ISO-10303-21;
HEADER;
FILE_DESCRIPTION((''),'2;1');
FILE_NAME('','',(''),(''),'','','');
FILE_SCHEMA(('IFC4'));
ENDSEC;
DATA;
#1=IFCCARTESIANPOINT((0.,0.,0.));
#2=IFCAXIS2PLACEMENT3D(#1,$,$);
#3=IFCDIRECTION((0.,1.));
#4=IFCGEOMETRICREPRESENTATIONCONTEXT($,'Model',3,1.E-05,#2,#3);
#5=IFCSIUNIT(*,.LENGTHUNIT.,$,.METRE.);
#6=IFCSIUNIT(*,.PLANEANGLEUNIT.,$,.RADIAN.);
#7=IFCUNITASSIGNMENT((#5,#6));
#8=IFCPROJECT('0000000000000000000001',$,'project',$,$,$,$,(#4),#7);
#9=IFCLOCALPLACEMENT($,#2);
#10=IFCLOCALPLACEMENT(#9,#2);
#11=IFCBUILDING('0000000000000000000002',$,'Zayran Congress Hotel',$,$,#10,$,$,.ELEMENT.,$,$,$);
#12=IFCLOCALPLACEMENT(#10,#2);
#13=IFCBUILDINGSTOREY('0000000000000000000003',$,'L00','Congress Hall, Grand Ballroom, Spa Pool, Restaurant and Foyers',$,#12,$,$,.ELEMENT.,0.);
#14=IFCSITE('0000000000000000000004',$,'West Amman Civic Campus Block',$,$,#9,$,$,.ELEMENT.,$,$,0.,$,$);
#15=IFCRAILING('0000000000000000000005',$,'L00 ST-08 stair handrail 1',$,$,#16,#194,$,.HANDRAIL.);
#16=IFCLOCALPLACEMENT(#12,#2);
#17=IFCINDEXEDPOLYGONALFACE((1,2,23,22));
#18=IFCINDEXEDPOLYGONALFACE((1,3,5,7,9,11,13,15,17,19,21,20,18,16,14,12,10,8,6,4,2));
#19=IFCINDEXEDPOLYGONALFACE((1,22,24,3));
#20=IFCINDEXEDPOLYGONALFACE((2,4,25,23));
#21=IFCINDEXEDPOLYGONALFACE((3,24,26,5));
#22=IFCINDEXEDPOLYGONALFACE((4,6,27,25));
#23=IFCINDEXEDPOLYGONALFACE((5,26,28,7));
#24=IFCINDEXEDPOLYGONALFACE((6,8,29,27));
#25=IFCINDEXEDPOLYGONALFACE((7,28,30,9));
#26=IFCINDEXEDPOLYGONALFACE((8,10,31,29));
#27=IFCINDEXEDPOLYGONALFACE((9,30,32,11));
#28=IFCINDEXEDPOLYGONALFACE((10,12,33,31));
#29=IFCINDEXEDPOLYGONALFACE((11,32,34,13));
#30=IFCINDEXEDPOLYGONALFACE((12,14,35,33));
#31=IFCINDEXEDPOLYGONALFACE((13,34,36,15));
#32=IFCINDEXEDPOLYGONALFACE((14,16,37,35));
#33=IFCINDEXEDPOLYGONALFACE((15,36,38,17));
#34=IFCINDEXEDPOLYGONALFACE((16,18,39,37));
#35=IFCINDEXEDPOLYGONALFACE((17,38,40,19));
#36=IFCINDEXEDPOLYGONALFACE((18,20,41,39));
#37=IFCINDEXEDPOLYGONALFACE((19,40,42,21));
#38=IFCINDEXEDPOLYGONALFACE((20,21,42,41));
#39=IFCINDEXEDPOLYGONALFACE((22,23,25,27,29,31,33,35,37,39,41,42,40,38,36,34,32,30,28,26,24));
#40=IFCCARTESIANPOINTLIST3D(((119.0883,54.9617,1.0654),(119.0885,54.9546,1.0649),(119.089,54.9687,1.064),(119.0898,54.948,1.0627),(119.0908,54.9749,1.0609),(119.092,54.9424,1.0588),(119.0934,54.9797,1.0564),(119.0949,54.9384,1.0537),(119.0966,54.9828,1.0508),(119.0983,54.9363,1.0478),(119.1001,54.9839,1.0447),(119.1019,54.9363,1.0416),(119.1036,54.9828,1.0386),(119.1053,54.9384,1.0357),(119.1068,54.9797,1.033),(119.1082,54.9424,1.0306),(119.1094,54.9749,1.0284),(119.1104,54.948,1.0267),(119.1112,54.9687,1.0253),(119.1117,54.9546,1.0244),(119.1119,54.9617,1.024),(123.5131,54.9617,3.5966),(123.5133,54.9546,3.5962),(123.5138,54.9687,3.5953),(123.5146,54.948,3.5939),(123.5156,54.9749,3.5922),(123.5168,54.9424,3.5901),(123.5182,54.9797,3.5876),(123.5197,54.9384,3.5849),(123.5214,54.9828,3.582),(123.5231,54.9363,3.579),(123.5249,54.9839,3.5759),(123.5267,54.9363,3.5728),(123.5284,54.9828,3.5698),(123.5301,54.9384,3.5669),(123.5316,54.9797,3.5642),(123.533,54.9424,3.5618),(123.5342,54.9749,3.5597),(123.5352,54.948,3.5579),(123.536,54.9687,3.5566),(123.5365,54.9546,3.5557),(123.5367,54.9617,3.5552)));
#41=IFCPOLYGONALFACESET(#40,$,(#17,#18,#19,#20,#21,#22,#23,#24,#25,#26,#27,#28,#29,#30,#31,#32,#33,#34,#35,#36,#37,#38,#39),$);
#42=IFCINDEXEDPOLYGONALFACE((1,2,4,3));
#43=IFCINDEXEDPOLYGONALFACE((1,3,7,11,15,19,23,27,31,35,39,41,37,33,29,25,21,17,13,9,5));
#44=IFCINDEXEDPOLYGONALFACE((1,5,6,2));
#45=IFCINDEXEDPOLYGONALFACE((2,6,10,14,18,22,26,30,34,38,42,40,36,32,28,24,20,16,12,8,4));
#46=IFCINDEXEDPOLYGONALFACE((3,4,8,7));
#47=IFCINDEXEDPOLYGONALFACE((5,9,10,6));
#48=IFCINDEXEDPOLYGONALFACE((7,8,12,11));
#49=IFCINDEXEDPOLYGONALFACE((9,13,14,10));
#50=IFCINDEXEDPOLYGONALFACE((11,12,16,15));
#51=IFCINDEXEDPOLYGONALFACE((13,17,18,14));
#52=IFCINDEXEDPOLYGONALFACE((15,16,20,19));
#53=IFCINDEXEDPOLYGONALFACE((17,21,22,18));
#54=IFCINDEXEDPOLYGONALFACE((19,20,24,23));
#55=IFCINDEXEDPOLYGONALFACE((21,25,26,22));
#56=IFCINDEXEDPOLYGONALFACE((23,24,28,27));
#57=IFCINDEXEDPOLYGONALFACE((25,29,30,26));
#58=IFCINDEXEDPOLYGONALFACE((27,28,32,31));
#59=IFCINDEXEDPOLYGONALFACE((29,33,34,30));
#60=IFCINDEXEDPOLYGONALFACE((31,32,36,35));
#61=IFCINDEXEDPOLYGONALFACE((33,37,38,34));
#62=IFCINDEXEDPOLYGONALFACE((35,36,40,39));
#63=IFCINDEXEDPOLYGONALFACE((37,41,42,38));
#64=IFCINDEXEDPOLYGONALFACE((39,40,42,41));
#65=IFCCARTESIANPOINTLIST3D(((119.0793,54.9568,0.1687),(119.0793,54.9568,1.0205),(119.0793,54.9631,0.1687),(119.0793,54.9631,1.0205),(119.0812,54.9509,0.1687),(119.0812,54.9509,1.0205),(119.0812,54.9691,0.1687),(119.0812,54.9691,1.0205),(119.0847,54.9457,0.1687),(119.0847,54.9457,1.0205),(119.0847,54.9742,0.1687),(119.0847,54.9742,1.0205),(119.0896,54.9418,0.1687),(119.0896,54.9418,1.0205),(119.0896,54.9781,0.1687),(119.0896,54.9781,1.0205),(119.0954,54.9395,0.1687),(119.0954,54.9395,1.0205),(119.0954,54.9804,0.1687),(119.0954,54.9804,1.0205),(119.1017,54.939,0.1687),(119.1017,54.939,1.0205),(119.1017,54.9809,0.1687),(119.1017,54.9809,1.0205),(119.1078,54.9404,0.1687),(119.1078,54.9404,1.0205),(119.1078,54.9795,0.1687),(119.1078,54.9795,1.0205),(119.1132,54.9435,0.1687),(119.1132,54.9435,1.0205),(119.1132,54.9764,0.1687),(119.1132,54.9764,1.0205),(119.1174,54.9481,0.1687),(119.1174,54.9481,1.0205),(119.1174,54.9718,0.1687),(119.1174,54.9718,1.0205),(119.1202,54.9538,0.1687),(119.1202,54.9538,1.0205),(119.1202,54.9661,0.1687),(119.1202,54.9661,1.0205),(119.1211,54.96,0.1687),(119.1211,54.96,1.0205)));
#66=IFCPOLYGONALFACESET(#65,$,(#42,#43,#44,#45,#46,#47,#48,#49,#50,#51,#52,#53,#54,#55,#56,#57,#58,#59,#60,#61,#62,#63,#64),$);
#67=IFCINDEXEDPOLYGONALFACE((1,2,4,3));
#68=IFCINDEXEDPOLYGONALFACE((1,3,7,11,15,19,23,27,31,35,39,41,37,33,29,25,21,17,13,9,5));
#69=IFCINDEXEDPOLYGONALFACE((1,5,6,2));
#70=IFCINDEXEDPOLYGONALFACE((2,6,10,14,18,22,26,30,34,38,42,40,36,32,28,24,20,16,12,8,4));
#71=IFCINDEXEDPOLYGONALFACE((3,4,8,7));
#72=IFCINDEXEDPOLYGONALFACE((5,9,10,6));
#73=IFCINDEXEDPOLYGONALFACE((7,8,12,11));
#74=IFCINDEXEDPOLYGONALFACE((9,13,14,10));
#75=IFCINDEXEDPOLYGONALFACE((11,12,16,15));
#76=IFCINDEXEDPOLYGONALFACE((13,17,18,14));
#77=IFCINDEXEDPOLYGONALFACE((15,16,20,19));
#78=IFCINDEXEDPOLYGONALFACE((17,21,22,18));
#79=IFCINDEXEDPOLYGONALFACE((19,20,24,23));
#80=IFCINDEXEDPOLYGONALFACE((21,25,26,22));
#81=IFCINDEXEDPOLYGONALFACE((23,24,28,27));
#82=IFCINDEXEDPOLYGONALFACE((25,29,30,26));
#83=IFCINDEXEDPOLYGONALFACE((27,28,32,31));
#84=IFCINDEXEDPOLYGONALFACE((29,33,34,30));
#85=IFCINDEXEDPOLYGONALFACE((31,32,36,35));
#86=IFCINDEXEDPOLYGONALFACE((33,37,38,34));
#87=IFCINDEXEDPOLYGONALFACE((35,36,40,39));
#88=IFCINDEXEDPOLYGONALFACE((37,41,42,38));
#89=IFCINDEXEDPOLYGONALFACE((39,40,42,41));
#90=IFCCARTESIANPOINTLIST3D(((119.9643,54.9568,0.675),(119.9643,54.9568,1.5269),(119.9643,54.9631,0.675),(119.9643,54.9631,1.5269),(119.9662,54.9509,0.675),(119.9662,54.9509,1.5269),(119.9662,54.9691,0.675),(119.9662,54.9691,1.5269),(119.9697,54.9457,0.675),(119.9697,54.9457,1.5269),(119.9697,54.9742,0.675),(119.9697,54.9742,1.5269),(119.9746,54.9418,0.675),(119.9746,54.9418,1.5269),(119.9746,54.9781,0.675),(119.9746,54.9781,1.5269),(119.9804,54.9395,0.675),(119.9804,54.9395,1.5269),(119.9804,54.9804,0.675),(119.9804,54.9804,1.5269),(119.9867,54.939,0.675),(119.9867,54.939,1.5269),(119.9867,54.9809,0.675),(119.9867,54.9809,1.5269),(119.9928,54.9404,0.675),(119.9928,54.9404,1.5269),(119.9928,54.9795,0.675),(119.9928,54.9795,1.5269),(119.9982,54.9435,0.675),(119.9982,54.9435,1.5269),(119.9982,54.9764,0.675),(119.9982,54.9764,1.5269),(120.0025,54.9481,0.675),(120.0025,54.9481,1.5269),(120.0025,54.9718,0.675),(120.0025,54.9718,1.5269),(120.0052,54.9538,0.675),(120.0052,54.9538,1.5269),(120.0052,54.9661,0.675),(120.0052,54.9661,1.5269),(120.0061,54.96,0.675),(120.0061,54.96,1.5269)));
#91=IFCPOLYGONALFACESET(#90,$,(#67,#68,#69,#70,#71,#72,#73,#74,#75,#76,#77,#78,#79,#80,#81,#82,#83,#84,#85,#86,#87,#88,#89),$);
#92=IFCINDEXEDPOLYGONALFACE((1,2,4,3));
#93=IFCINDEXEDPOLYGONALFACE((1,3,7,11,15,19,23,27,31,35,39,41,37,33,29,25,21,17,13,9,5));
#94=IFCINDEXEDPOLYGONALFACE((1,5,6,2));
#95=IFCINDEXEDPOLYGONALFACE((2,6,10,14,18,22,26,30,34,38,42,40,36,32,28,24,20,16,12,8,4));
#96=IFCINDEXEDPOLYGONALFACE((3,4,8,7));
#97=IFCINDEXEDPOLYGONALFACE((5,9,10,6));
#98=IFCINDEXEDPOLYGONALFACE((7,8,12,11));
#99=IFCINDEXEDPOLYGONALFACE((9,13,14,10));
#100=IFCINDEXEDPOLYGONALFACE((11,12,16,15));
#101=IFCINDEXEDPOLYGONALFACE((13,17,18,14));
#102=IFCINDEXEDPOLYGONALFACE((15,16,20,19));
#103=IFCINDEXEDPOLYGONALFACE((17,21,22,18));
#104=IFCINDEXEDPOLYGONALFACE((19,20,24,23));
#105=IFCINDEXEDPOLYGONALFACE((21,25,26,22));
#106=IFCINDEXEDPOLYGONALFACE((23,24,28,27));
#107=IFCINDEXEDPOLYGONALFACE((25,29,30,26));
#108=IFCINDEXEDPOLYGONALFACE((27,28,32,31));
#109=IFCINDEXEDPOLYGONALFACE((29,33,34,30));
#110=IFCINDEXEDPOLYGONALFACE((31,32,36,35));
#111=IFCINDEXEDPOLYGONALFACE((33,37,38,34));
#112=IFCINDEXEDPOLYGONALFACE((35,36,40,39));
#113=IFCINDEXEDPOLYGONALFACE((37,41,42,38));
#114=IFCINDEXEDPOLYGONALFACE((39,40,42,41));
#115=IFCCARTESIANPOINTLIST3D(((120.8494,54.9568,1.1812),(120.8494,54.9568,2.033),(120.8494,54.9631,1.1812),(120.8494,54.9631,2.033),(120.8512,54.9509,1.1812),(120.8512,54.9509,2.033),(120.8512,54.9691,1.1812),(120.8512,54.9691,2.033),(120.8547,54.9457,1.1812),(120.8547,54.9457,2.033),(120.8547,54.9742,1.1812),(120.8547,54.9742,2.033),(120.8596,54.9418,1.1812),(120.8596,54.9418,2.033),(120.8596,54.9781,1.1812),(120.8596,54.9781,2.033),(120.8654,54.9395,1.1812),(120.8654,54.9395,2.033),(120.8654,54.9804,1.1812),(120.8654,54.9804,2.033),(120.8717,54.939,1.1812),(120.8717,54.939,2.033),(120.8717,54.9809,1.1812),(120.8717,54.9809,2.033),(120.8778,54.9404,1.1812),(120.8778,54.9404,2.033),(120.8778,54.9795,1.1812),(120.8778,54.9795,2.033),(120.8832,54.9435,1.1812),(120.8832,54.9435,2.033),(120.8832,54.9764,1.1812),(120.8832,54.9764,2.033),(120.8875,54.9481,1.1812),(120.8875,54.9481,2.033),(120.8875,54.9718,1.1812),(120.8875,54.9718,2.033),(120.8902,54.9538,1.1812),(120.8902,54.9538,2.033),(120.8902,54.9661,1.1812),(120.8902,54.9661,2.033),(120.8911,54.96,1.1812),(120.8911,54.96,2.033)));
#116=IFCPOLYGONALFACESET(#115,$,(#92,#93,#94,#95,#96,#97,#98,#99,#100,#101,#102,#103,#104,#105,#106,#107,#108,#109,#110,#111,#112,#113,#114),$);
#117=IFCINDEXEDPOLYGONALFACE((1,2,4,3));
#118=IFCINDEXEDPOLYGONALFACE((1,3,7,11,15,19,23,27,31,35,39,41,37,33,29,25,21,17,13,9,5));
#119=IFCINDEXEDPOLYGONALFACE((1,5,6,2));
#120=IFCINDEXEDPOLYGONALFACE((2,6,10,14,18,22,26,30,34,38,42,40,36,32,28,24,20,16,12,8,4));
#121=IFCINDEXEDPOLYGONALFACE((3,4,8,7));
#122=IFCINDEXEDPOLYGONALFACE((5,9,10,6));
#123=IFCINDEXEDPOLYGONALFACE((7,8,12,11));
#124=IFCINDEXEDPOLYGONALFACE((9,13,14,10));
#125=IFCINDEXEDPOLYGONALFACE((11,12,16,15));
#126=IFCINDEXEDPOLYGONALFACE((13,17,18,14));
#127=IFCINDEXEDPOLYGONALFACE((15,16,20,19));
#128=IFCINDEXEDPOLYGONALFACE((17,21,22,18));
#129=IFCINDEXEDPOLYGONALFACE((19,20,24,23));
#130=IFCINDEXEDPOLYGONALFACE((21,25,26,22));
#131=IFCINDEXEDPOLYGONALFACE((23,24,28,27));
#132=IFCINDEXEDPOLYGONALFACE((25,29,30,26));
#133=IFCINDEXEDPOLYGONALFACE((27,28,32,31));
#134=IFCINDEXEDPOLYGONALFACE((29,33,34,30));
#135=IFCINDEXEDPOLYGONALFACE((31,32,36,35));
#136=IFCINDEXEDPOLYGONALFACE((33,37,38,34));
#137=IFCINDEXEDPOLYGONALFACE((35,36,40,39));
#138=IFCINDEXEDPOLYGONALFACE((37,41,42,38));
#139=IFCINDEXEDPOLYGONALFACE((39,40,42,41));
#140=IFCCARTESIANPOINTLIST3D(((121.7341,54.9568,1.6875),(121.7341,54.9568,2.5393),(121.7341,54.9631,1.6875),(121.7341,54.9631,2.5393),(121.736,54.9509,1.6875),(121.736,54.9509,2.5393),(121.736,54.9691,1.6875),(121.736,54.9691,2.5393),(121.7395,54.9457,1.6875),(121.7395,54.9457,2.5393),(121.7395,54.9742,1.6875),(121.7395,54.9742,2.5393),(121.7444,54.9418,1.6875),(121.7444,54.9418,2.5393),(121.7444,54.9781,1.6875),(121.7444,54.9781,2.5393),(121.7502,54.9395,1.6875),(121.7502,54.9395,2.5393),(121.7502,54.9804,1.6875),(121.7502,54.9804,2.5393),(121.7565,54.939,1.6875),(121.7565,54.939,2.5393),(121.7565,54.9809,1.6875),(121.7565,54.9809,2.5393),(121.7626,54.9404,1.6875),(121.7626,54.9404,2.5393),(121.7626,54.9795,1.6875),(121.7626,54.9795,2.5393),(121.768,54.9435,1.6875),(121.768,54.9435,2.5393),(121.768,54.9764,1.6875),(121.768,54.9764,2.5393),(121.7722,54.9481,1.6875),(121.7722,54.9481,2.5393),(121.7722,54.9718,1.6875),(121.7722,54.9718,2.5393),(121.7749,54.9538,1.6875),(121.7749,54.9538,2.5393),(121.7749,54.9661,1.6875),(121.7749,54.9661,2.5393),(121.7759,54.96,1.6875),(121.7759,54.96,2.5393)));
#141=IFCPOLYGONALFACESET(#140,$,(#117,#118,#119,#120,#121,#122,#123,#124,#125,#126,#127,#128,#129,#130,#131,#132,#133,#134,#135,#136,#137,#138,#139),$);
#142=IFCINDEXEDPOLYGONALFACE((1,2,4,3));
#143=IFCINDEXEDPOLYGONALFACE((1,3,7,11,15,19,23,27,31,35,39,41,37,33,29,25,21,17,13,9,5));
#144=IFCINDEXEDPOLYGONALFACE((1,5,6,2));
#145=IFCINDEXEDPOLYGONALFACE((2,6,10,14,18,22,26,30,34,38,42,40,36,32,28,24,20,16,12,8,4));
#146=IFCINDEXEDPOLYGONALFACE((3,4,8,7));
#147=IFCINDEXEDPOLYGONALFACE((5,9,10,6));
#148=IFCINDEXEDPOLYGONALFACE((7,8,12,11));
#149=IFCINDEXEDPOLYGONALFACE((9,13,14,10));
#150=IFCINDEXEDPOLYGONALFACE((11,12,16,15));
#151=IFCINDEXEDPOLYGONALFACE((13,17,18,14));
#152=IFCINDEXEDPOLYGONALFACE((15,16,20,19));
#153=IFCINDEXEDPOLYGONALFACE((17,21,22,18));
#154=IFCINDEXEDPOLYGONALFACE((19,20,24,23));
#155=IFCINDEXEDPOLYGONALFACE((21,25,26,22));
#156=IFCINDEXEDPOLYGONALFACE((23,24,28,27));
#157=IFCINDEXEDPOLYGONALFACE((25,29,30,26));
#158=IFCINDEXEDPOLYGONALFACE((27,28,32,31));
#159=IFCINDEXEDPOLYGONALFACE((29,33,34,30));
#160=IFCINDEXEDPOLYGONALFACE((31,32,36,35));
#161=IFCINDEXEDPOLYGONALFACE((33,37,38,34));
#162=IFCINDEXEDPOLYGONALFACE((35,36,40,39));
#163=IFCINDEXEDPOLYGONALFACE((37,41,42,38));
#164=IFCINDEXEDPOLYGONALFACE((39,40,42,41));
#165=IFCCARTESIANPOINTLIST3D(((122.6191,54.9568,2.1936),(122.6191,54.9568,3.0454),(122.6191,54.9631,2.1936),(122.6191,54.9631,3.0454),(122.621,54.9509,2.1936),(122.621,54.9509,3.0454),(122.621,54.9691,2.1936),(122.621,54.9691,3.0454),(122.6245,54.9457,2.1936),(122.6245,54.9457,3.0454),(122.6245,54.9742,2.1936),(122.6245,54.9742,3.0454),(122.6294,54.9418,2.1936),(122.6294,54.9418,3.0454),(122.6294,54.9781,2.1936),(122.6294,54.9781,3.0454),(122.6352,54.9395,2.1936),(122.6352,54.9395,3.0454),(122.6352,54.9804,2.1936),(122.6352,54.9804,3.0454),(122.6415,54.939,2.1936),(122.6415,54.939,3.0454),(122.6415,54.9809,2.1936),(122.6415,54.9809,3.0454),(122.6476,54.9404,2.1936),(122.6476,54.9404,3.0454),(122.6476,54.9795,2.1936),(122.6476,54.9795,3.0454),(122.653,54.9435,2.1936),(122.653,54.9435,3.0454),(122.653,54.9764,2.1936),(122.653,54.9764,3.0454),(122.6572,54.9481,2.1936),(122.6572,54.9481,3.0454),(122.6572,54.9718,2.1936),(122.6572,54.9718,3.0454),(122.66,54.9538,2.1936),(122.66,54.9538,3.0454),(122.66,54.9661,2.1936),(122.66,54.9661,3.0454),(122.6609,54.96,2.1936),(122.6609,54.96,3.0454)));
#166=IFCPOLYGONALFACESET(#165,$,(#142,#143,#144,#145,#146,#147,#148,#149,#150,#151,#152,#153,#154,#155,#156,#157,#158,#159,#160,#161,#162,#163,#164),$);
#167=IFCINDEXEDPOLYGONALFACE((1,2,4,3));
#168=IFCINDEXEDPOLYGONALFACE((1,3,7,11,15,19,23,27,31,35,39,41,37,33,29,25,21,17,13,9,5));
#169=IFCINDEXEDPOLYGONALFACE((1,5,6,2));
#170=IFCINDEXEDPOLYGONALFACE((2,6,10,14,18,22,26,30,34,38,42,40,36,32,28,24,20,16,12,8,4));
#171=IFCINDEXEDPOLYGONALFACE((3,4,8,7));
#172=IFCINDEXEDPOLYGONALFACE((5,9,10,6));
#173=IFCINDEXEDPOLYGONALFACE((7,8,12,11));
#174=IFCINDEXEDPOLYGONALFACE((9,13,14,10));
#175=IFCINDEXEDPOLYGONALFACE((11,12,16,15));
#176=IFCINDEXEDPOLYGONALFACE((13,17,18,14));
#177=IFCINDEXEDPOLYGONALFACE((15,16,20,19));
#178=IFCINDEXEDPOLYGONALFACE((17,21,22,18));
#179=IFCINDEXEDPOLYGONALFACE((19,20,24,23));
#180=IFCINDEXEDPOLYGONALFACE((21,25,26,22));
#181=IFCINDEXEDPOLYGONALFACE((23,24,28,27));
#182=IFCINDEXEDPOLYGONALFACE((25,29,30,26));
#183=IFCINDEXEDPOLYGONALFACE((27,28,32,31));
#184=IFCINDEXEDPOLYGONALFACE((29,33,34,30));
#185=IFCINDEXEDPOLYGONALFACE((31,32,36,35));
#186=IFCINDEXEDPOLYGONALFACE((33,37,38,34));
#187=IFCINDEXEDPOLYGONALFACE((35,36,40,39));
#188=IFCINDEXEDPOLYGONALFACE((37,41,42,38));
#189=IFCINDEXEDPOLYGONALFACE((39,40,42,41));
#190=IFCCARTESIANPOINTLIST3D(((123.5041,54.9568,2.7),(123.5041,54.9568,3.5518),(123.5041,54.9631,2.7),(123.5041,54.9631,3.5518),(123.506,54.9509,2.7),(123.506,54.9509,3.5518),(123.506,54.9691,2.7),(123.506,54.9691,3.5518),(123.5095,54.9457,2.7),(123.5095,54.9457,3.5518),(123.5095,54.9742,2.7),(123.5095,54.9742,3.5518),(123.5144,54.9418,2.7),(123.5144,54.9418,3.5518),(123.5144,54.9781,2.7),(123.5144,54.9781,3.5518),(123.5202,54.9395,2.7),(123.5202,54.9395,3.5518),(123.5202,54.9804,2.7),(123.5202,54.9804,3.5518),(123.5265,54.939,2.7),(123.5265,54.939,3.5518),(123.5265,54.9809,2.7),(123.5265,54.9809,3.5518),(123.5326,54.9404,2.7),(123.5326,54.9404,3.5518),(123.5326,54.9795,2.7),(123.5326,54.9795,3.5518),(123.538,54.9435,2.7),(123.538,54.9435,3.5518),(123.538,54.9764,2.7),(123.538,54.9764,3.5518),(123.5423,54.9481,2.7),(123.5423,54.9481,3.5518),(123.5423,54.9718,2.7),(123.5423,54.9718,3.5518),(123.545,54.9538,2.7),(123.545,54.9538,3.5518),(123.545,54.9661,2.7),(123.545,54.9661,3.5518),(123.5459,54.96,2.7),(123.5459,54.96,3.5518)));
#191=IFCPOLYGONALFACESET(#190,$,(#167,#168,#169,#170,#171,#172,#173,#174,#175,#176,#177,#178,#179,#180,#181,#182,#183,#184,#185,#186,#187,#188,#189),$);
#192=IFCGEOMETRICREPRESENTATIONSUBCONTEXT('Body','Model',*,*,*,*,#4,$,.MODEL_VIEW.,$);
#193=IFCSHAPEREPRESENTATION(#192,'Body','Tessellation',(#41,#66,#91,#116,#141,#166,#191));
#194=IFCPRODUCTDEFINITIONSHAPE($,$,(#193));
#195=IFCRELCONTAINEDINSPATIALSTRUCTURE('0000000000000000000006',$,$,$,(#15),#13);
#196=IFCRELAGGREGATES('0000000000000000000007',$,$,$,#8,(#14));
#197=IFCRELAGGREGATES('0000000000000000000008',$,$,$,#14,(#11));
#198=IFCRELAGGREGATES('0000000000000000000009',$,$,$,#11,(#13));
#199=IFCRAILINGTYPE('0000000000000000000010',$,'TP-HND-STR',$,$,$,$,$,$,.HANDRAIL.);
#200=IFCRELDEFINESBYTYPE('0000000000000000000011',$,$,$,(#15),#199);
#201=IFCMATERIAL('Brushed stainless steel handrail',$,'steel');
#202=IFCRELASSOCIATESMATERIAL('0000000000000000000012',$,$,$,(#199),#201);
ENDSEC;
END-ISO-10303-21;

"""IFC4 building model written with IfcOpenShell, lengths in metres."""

from ifc_helpers import new_model, si_unit, direction, frame, origin, origin_2d, place, context, subcontext, project, spatial, circle, extrude, material, type_object, element, save


model = new_model("IFC4")

# Units and contexts
model_context = context("Model", 3, precision=1e-05, world=origin(), true_north=direction((0.0, 1.0)))
body_context = subcontext(model_context, "Body", "Model", "MODEL_VIEW")
ifc_project = project(units=[si_unit("LENGTHUNIT", "METRE"), si_unit("PLANEANGLEUNIT", "RADIAN")], contexts=[model_context])

# Site, building, storey
site_placement = place(None, origin())
site = spatial("IfcSite", under=ifc_project, at=site_placement, Name="West Amman Civic Campus Block", CompositionType="ELEMENT", RefElevation=0.0)
building_placement = place(site_placement, origin())
building = spatial("IfcBuilding", under=site, at=building_placement, Name="Zayran Congress Hotel", CompositionType="ELEMENT")
storey_placement = place(building_placement, origin())
storey = spatial("IfcBuildingStorey", under=building, at=storey_placement, Name="L00", Description="Congress Hall, Grand Ballroom, Spa Pool, Restaurant and Foyers", CompositionType="ELEMENT", Elevation=0.0)

# Railing
ifc_material_1 = material(Name="Brushed stainless steel handrail", Category="steel")
railing_type_1 = type_object("IfcRailingType", Name="TP-HND-STR", PredefinedType="HANDRAIL", material=ifc_material_1)
railing_1_placement = place(storey_placement, frame((119.1001, 54.96, 0.1687)))
element("IfcRailing", 1, at=railing_1_placement, inside=storey, type_object=railing_type_1, Name="L00 ST-08 stair handrail 1", PredefinedType="HANDRAIL", context=body_context, shape_type="SweptSolid", body=[
    extrude(circle(Radius=0.0239, at=origin_2d()), frame((0.0, 0.0, 0.876), z_axis=(0.868007, 0.0, 0.496551), x_axis=(0.0, 1.0, 0.0)), (0.0, 0.0, 1.0), 5.0977),
    extrude(circle(Radius=0.021, at=origin_2d()), origin(), (0.0, 0.0, 1.0), 0.8518),
    extrude(circle(Radius=0.021, at=origin_2d()), frame((0.885, 0.0, 0.5063)), (0.0, 0.0, 1.0), 0.8518),
    extrude(circle(Radius=0.021, at=origin_2d()), frame((1.77, 0.0, 1.0125)), (0.0, 0.0, 1.0), 0.8518),
    extrude(circle(Radius=0.021, at=origin_2d()), frame((2.6548, 0.0, 1.5188)), (0.0, 0.0, 1.0), 0.8518),
    extrude(circle(Radius=0.021, at=origin_2d()), frame((3.5398, 0.0, 2.0249)), (0.0, 0.0, 1.0), 0.8518),
    extrude(circle(Radius=0.021, at=origin_2d()), frame((4.4248, 0.0, 2.5312)), (0.0, 0.0, 1.0), 0.8518),
])

save(model, "model.ifc")
